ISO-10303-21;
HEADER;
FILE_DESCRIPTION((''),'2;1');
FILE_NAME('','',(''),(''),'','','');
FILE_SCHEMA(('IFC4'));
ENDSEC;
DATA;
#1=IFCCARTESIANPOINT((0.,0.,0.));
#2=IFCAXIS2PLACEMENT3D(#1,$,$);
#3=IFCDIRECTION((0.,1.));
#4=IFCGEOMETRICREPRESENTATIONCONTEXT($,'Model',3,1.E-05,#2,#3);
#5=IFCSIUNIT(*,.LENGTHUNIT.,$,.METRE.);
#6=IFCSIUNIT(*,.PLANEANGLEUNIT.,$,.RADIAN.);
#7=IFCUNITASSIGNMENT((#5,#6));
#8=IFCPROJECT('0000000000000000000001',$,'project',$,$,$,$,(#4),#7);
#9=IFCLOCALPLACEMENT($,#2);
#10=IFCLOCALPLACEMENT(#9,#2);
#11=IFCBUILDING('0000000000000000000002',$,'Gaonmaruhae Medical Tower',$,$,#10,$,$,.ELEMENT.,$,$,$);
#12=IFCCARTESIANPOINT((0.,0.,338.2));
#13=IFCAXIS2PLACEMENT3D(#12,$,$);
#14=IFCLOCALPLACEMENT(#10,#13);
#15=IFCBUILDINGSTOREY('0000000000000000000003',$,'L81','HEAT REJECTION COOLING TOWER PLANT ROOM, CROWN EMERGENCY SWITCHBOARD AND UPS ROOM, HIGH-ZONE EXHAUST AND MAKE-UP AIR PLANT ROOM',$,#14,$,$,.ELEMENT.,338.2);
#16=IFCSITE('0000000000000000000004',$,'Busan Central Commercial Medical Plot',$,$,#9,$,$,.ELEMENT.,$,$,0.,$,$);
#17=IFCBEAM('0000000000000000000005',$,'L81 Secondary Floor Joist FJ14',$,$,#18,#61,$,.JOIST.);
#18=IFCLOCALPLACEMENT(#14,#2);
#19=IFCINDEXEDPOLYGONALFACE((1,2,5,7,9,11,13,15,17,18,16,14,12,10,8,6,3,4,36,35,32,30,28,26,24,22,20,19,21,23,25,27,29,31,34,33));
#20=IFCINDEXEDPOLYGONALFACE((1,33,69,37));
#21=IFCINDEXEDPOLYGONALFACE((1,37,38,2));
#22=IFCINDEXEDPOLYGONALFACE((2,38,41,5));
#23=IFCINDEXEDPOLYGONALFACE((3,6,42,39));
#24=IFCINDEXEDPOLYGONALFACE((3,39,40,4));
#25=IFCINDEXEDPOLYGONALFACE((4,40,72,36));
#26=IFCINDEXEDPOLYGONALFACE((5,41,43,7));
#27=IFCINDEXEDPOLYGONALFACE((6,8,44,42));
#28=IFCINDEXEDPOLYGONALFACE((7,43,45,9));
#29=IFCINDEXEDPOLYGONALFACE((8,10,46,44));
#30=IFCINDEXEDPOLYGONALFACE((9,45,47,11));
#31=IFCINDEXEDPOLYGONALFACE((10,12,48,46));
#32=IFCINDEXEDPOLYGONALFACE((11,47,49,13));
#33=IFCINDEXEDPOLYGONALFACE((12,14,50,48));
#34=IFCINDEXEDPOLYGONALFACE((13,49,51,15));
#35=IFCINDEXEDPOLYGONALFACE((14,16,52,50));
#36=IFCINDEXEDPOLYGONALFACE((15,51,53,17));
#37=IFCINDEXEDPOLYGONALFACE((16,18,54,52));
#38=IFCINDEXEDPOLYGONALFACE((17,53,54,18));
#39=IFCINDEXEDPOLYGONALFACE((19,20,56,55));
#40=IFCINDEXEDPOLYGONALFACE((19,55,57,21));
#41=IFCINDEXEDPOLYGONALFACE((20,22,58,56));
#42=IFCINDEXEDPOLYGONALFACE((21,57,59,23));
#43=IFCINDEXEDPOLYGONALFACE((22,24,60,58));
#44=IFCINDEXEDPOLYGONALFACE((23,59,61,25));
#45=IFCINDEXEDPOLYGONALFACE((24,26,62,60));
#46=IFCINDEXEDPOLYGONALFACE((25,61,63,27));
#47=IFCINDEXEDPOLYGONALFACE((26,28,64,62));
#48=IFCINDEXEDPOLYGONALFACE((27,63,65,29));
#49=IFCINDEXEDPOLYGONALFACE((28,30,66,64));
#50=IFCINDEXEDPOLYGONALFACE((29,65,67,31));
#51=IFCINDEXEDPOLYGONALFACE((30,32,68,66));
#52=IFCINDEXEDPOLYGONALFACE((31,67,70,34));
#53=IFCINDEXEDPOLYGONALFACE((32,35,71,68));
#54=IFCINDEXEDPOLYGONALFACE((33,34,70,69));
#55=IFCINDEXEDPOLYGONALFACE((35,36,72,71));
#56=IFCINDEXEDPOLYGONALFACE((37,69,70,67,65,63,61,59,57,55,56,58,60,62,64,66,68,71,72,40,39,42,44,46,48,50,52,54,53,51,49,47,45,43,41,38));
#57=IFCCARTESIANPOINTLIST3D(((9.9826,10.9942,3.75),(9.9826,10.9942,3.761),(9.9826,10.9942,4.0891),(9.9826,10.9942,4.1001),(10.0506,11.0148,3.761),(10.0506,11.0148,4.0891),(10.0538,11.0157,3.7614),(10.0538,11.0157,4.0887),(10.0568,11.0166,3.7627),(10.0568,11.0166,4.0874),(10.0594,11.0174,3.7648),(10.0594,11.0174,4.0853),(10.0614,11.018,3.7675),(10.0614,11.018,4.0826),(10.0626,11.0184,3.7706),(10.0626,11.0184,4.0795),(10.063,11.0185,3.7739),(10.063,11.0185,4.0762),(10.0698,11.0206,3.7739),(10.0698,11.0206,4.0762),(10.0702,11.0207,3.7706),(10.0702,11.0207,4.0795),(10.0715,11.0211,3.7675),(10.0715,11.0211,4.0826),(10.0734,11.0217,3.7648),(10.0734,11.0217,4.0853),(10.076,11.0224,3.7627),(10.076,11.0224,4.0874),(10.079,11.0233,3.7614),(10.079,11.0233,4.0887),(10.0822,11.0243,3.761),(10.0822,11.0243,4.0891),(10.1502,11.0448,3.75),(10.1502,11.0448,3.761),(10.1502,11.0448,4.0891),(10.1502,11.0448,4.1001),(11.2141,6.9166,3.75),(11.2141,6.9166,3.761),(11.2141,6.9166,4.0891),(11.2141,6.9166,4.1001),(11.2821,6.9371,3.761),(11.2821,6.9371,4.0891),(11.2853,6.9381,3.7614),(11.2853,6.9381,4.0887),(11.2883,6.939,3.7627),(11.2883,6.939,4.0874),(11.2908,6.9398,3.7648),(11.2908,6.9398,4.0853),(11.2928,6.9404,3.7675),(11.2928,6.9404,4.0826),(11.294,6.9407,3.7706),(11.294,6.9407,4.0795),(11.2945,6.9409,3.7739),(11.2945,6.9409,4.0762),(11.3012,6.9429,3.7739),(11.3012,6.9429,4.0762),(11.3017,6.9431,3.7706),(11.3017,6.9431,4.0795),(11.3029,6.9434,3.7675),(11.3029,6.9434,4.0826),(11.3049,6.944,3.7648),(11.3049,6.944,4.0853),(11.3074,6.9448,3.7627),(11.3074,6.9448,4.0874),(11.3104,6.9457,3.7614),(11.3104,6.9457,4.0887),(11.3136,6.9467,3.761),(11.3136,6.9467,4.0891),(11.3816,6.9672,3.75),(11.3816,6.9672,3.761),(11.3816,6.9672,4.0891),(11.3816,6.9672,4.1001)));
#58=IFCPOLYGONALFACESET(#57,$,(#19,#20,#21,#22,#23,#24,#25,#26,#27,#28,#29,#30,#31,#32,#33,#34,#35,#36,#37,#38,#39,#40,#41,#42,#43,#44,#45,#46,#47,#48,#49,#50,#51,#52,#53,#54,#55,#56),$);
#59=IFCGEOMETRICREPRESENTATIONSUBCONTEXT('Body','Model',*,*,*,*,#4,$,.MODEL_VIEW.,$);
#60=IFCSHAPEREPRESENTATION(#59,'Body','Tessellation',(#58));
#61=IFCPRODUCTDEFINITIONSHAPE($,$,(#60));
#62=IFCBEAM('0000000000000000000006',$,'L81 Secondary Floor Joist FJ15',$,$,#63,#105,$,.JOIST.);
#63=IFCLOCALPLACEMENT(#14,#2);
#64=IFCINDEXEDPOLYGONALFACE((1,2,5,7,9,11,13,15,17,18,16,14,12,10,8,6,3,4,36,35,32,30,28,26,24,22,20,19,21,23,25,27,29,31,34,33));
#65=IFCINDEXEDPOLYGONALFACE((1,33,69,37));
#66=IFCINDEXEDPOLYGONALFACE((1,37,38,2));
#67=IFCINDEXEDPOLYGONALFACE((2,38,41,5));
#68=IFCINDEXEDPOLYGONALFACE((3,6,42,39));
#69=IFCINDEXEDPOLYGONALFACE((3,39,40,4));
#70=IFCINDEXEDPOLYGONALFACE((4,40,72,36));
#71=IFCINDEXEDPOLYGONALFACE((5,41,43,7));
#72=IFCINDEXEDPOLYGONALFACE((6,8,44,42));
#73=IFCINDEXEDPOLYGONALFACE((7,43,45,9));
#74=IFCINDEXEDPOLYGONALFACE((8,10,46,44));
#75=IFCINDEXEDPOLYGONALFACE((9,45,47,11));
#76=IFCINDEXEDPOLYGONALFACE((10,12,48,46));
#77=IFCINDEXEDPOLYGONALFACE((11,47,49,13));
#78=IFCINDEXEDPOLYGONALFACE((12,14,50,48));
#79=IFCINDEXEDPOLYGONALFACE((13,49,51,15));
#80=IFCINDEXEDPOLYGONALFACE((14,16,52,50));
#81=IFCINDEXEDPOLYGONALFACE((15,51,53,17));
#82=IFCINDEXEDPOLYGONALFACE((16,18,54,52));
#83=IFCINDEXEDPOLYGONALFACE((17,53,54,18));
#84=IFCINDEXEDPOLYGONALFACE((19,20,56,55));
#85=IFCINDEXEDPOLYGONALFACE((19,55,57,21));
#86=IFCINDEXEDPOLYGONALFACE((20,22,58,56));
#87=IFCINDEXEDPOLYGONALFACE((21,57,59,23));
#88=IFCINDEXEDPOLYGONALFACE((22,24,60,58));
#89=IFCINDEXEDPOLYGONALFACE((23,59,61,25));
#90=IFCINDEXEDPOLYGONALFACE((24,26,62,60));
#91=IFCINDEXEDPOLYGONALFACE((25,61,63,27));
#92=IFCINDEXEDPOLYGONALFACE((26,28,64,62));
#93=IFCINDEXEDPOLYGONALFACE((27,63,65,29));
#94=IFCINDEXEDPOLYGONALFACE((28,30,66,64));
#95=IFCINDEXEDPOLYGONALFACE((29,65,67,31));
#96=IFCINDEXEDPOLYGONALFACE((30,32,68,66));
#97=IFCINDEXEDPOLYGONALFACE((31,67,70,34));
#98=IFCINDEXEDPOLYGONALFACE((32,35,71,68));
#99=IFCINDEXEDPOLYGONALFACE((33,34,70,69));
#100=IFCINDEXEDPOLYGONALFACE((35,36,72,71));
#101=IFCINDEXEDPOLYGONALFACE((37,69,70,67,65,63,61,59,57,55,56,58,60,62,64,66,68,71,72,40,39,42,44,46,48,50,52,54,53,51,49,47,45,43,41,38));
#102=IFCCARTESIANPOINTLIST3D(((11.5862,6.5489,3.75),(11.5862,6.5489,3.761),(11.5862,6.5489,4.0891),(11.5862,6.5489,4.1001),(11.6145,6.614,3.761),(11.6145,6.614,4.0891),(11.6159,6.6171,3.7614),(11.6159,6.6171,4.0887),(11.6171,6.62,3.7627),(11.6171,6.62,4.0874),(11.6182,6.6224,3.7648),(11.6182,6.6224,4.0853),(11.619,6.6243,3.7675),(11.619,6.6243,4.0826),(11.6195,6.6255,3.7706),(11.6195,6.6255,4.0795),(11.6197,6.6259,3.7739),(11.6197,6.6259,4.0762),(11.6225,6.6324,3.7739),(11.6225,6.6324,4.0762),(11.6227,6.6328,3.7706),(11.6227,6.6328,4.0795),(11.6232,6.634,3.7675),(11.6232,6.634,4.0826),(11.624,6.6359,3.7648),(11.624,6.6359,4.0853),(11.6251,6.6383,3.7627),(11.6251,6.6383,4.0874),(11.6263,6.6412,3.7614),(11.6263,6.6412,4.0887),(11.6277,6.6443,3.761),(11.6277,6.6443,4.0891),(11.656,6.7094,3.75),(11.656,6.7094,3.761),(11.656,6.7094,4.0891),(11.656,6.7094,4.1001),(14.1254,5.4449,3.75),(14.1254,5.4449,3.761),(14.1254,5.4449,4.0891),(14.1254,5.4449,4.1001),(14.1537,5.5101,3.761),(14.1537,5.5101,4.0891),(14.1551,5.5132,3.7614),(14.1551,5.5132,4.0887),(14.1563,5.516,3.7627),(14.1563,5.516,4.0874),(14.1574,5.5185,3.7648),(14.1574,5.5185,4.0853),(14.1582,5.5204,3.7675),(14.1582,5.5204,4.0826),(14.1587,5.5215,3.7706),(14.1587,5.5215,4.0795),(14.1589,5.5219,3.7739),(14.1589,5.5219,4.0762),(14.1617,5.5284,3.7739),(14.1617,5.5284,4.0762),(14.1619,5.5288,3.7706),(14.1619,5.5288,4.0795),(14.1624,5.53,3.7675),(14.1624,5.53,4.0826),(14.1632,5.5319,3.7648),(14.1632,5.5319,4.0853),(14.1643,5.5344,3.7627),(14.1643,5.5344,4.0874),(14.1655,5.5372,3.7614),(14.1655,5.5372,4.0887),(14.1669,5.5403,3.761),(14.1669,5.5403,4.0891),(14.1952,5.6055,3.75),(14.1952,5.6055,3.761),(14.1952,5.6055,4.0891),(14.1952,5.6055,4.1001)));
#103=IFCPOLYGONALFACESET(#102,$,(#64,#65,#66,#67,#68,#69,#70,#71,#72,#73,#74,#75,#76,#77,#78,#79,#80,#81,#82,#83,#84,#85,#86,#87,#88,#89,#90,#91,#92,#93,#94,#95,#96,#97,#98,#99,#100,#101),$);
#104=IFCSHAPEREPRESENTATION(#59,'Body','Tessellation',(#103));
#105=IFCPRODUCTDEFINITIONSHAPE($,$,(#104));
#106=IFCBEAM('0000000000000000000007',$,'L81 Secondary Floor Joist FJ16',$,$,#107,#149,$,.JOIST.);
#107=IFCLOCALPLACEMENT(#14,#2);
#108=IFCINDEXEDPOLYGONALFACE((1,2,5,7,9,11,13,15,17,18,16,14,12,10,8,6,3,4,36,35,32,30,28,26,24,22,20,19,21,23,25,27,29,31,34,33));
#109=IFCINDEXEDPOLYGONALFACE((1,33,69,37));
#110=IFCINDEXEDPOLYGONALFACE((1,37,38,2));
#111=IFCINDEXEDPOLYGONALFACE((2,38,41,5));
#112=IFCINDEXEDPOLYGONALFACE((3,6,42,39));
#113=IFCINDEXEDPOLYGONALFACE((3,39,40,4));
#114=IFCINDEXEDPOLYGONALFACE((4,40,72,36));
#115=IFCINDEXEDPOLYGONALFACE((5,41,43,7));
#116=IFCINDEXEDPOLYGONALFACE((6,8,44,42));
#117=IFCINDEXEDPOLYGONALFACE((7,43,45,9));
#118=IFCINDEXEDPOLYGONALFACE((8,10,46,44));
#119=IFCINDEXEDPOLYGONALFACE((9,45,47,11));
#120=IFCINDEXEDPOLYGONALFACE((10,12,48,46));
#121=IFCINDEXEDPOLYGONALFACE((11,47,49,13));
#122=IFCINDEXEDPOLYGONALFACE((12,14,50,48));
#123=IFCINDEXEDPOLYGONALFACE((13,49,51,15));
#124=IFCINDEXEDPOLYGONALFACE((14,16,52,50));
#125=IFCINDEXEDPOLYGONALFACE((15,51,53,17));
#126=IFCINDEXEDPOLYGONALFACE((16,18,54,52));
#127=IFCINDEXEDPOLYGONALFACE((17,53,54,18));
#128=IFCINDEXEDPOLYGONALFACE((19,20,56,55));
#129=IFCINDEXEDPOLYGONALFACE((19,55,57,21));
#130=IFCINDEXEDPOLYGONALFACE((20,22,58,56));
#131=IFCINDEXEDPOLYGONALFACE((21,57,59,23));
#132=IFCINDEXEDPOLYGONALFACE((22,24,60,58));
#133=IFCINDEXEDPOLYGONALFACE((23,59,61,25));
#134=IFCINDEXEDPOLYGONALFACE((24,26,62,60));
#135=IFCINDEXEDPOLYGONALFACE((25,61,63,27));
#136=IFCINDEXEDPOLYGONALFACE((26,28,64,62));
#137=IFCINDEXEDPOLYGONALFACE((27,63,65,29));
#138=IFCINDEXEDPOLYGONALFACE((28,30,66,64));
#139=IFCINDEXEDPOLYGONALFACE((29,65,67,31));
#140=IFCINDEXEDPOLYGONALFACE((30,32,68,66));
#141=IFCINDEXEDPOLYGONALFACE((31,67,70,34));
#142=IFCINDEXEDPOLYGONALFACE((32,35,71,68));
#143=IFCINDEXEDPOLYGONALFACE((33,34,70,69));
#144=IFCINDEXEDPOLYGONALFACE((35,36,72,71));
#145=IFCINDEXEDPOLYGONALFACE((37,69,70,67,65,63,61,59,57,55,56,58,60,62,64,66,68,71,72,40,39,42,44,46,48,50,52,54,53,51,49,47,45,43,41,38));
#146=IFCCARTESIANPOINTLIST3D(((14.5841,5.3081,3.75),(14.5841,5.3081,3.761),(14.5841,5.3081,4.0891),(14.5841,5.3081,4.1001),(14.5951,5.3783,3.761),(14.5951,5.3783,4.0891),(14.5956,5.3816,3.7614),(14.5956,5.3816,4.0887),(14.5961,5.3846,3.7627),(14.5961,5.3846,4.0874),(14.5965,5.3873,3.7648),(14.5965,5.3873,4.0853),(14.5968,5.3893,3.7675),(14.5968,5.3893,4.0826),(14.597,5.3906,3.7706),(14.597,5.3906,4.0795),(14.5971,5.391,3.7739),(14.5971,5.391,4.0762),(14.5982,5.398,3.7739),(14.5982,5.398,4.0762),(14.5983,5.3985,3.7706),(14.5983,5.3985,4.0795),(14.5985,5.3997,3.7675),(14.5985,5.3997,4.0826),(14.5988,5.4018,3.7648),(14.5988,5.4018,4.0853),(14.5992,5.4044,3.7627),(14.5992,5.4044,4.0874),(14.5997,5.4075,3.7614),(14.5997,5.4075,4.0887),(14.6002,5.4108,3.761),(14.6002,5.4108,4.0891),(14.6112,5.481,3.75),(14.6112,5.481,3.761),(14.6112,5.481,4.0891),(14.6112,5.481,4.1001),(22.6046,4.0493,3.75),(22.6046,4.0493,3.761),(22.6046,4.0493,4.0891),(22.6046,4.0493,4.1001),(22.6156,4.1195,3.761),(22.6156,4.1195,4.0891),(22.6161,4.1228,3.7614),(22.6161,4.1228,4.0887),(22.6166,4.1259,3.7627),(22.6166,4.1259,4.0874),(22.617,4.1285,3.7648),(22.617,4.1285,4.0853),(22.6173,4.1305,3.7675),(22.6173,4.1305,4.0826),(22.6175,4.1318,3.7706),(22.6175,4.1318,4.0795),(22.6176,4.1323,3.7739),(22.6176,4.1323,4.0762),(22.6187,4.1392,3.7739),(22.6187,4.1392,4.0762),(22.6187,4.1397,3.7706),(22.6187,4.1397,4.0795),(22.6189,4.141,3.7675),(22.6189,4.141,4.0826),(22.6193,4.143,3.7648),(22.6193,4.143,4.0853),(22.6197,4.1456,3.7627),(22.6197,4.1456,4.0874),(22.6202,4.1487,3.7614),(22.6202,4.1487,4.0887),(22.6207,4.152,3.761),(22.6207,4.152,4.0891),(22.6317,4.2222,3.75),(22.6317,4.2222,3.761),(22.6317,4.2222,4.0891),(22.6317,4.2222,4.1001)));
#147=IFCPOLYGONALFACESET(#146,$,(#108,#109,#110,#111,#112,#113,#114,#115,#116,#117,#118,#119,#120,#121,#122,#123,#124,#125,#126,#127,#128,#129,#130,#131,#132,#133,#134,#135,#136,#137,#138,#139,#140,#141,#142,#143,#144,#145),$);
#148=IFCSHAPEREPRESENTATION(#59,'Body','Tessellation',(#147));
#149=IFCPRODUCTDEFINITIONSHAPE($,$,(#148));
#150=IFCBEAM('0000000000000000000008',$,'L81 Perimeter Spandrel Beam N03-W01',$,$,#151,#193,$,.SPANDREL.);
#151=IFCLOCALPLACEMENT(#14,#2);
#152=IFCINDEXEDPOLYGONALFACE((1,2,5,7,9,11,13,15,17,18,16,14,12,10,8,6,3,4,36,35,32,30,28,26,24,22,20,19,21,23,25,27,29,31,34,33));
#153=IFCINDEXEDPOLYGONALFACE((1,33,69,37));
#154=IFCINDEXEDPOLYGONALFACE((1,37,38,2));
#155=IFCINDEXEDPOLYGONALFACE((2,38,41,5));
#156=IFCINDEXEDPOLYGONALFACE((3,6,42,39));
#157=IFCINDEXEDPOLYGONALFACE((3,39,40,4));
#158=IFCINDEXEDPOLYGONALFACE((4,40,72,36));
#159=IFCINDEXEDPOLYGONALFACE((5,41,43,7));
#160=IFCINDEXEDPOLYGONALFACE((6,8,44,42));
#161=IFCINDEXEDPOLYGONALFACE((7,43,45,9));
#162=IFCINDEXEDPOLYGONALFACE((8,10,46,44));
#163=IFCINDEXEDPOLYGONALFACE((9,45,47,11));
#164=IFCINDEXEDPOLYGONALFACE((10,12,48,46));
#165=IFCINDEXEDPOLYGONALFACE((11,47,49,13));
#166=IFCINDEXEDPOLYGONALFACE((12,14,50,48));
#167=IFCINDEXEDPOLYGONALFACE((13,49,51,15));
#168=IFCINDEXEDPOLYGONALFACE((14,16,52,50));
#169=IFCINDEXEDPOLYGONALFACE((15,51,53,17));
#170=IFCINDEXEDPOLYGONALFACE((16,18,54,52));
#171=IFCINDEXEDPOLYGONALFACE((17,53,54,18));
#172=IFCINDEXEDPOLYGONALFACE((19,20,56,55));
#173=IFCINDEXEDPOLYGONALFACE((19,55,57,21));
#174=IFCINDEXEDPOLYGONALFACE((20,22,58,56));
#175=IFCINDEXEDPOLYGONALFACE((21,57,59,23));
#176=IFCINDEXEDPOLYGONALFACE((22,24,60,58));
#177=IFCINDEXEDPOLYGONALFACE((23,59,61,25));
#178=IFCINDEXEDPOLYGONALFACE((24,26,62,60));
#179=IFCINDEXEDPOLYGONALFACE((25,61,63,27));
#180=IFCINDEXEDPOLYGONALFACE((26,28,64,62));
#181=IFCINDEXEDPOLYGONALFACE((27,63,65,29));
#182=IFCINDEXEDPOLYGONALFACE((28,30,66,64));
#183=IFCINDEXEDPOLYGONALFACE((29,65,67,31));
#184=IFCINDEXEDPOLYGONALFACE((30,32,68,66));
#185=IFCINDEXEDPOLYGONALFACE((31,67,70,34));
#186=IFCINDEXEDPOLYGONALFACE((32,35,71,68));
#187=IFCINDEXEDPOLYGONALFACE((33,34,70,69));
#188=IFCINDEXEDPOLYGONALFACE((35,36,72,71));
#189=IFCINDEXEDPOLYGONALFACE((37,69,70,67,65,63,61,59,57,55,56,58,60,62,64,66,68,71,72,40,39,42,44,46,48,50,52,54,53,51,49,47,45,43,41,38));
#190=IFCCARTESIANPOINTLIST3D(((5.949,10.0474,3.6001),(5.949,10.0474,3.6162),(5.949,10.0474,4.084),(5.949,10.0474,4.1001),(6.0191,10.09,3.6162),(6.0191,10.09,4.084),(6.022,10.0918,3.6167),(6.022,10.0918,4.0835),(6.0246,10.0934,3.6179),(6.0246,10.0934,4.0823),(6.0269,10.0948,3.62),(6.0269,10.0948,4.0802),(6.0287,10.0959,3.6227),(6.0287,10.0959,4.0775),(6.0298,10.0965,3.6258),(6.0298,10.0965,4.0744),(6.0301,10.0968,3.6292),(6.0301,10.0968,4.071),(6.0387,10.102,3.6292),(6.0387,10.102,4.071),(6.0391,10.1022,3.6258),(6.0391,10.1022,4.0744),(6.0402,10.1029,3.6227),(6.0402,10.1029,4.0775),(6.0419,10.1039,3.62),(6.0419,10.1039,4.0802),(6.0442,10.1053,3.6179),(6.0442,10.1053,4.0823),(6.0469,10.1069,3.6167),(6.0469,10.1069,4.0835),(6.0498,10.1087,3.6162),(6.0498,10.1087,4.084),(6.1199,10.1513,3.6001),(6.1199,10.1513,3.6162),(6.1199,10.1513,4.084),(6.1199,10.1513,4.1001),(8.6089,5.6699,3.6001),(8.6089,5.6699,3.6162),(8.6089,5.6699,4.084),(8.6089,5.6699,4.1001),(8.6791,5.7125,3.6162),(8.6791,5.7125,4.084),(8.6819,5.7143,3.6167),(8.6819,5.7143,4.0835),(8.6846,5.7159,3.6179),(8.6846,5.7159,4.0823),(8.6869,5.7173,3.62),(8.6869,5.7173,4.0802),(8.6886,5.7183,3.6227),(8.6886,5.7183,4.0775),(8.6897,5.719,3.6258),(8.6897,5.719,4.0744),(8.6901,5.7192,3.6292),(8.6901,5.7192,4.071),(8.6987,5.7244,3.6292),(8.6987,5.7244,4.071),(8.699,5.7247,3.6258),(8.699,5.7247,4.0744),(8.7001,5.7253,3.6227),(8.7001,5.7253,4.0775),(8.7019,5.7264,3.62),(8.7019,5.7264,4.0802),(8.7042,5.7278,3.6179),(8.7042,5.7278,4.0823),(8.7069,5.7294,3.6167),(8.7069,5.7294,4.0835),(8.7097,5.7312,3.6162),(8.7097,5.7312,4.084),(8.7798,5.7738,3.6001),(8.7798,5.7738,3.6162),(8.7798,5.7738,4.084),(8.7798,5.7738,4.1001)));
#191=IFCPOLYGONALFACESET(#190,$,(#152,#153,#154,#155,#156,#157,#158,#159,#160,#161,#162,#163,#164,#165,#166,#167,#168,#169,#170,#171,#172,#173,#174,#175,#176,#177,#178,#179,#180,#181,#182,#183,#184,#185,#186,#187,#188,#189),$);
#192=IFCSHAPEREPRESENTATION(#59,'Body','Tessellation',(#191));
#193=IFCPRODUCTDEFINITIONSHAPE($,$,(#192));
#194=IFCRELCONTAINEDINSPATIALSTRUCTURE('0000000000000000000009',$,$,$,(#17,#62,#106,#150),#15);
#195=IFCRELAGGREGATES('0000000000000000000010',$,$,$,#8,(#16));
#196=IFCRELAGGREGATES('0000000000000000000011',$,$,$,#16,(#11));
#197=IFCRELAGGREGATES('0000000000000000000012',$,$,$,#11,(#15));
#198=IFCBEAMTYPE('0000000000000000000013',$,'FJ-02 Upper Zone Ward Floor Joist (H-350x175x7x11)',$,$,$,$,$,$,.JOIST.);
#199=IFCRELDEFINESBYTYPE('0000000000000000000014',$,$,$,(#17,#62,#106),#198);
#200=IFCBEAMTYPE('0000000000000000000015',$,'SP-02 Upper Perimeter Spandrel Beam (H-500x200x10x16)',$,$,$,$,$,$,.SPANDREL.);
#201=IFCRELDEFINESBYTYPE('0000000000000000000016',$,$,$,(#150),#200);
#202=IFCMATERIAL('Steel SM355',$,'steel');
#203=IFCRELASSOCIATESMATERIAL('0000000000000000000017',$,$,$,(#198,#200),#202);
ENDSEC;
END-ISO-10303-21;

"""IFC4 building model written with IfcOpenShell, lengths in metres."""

from ifc_helpers import new_model, si_unit, direction, frame, origin, origin_2d, place, context, subcontext, project, spatial, i_section, extrude, material, material_profile, profile_set, type_object, element, save


model = new_model("IFC4")

# Units and contexts
model_context = context("Model", 3, precision=1e-05, world=origin(), true_north=direction((0.0, 1.0)))
body_context = subcontext(model_context, "Body", "Model", "MODEL_VIEW")
ifc_project = project(units=[si_unit("LENGTHUNIT", "METRE"), si_unit("PLANEANGLEUNIT", "RADIAN")], contexts=[model_context])

# Site, building, storey
site_placement = place(None, origin())
site = spatial("IfcSite", under=ifc_project, at=site_placement, Name="Busan Central Commercial Medical Plot", CompositionType="ELEMENT", RefElevation=0.0)
building_placement = place(site_placement, origin())
building = spatial("IfcBuilding", under=site, at=building_placement, Name="Gaonmaruhae Medical Tower", CompositionType="ELEMENT")
storey_placement = place(building_placement, frame((0.0, 0.0, 338.2)))
storey = spatial("IfcBuildingStorey", under=building, at=storey_placement, Name="L81", Description="HEAT REJECTION COOLING TOWER PLANT ROOM, CROWN EMERGENCY SWITCHBOARD AND UPS ROOM, HIGH-ZONE EXHAUST AND MAKE-UP AIR PLANT ROOM", CompositionType="ELEMENT", Elevation=338.2)

# Beams
ifc_material_1 = material(Name="Steel SM355", Category="steel")
ifc_material_profile_1 = material_profile(ifc_material_1, i_section(OverallWidth=0.175, OverallDepth=0.3501, WebThickness=0.0071, FlangeThickness=0.011, FilletRadius=0.0129, at=origin_2d()), Name="H-350x175x7x11")
ifc_profile_set_1 = profile_set([ifc_material_profile_1], Name="Steel SM355")
beam_type_1 = type_object("IfcBeamType", Name="FJ-02 Upper Zone Ward Floor Joist (H-350x175x7x11)", PredefinedType="JOIST", material=ifc_profile_set_1)
beam_1_placement = place(storey_placement, frame((10.0664, 11.0195, 3.925), z_axis=(0.289104, -0.957298, 0.0), x_axis=(0.957298, 0.289104, 0.0)))
element("IfcBeam", 1, at=beam_1_placement, inside=storey, type_object=beam_type_1, Name="L81 Secondary Floor Joist FJ14", PredefinedType="JOIST", context=body_context, shape_type="SweptSolid", body=[
    extrude(i_section(OverallWidth=0.175, OverallDepth=0.3501, WebThickness=0.0071, FlangeThickness=0.011, FilletRadius=0.0129, at=origin_2d()), origin(), (0.0, 0.0, 1.0), 4.2595),
])
beam_2_placement = place(storey_placement, frame((11.6211, 6.6292, 3.925), z_axis=(0.917076, -0.398713, 0.0), x_axis=(0.398713, 0.917076, 0.0)))
element("IfcBeam", 2, at=beam_2_placement, inside=storey, type_object=beam_type_1, Name="L81 Secondary Floor Joist FJ15", PredefinedType="JOIST", context=body_context, shape_type="SweptSolid", body=[
    extrude(i_section(OverallWidth=0.175, OverallDepth=0.3501, WebThickness=0.0071, FlangeThickness=0.011, FilletRadius=0.0129, at=origin_2d()), origin(), (0.0, 0.0, 1.0), 2.7688),
])
beam_3_placement = place(storey_placement, frame((14.5977, 5.3945, 3.925), z_axis=(0.987907, -0.155048, 0.0), x_axis=(0.155048, 0.987907, 0.0)))
element("IfcBeam", 3, at=beam_3_placement, inside=storey, type_object=beam_type_1, Name="L81 Secondary Floor Joist FJ16", PredefinedType="JOIST", context=body_context, shape_type="SweptSolid", body=[
    extrude(i_section(OverallWidth=0.175, OverallDepth=0.3501, WebThickness=0.0071, FlangeThickness=0.011, FilletRadius=0.0129, at=origin_2d()), origin(), (0.0, 0.0, 1.0), 8.1187),
])
ifc_material_profile_2 = material_profile(ifc_material_1, i_section(OverallWidth=0.2, OverallDepth=0.5, WebThickness=0.01, FlangeThickness=0.0161, FilletRadius=0.0129, at=origin_2d()), Name="H-500x200x10x16")
ifc_profile_set_2 = profile_set([ifc_material_profile_2], Name="Steel SM355")
beam_type_2 = type_object("IfcBeamType", Name="SP-02 Upper Perimeter Spandrel Beam (H-500x200x10x16)", PredefinedType="SPANDREL", material=ifc_profile_set_2)
beam_4_placement = place(storey_placement, frame((6.0344, 10.0994, 3.8501), z_axis=(0.519289, -0.854599, 0.0), x_axis=(0.854599, 0.519289, 0.0)))
element("IfcBeam", 4, at=beam_4_placement, inside=storey, type_object=beam_type_2, Name="L81 Perimeter Spandrel Beam N03-W01", PredefinedType="SPANDREL", context=body_context, shape_type="SweptSolid", body=[
    extrude(i_section(OverallWidth=0.2, OverallDepth=0.5, WebThickness=0.01, FlangeThickness=0.0161, FilletRadius=0.0129, at=origin_2d()), origin(), (0.0, 0.0, 1.0), 5.1223),
])

save(model, "model.ifc")
